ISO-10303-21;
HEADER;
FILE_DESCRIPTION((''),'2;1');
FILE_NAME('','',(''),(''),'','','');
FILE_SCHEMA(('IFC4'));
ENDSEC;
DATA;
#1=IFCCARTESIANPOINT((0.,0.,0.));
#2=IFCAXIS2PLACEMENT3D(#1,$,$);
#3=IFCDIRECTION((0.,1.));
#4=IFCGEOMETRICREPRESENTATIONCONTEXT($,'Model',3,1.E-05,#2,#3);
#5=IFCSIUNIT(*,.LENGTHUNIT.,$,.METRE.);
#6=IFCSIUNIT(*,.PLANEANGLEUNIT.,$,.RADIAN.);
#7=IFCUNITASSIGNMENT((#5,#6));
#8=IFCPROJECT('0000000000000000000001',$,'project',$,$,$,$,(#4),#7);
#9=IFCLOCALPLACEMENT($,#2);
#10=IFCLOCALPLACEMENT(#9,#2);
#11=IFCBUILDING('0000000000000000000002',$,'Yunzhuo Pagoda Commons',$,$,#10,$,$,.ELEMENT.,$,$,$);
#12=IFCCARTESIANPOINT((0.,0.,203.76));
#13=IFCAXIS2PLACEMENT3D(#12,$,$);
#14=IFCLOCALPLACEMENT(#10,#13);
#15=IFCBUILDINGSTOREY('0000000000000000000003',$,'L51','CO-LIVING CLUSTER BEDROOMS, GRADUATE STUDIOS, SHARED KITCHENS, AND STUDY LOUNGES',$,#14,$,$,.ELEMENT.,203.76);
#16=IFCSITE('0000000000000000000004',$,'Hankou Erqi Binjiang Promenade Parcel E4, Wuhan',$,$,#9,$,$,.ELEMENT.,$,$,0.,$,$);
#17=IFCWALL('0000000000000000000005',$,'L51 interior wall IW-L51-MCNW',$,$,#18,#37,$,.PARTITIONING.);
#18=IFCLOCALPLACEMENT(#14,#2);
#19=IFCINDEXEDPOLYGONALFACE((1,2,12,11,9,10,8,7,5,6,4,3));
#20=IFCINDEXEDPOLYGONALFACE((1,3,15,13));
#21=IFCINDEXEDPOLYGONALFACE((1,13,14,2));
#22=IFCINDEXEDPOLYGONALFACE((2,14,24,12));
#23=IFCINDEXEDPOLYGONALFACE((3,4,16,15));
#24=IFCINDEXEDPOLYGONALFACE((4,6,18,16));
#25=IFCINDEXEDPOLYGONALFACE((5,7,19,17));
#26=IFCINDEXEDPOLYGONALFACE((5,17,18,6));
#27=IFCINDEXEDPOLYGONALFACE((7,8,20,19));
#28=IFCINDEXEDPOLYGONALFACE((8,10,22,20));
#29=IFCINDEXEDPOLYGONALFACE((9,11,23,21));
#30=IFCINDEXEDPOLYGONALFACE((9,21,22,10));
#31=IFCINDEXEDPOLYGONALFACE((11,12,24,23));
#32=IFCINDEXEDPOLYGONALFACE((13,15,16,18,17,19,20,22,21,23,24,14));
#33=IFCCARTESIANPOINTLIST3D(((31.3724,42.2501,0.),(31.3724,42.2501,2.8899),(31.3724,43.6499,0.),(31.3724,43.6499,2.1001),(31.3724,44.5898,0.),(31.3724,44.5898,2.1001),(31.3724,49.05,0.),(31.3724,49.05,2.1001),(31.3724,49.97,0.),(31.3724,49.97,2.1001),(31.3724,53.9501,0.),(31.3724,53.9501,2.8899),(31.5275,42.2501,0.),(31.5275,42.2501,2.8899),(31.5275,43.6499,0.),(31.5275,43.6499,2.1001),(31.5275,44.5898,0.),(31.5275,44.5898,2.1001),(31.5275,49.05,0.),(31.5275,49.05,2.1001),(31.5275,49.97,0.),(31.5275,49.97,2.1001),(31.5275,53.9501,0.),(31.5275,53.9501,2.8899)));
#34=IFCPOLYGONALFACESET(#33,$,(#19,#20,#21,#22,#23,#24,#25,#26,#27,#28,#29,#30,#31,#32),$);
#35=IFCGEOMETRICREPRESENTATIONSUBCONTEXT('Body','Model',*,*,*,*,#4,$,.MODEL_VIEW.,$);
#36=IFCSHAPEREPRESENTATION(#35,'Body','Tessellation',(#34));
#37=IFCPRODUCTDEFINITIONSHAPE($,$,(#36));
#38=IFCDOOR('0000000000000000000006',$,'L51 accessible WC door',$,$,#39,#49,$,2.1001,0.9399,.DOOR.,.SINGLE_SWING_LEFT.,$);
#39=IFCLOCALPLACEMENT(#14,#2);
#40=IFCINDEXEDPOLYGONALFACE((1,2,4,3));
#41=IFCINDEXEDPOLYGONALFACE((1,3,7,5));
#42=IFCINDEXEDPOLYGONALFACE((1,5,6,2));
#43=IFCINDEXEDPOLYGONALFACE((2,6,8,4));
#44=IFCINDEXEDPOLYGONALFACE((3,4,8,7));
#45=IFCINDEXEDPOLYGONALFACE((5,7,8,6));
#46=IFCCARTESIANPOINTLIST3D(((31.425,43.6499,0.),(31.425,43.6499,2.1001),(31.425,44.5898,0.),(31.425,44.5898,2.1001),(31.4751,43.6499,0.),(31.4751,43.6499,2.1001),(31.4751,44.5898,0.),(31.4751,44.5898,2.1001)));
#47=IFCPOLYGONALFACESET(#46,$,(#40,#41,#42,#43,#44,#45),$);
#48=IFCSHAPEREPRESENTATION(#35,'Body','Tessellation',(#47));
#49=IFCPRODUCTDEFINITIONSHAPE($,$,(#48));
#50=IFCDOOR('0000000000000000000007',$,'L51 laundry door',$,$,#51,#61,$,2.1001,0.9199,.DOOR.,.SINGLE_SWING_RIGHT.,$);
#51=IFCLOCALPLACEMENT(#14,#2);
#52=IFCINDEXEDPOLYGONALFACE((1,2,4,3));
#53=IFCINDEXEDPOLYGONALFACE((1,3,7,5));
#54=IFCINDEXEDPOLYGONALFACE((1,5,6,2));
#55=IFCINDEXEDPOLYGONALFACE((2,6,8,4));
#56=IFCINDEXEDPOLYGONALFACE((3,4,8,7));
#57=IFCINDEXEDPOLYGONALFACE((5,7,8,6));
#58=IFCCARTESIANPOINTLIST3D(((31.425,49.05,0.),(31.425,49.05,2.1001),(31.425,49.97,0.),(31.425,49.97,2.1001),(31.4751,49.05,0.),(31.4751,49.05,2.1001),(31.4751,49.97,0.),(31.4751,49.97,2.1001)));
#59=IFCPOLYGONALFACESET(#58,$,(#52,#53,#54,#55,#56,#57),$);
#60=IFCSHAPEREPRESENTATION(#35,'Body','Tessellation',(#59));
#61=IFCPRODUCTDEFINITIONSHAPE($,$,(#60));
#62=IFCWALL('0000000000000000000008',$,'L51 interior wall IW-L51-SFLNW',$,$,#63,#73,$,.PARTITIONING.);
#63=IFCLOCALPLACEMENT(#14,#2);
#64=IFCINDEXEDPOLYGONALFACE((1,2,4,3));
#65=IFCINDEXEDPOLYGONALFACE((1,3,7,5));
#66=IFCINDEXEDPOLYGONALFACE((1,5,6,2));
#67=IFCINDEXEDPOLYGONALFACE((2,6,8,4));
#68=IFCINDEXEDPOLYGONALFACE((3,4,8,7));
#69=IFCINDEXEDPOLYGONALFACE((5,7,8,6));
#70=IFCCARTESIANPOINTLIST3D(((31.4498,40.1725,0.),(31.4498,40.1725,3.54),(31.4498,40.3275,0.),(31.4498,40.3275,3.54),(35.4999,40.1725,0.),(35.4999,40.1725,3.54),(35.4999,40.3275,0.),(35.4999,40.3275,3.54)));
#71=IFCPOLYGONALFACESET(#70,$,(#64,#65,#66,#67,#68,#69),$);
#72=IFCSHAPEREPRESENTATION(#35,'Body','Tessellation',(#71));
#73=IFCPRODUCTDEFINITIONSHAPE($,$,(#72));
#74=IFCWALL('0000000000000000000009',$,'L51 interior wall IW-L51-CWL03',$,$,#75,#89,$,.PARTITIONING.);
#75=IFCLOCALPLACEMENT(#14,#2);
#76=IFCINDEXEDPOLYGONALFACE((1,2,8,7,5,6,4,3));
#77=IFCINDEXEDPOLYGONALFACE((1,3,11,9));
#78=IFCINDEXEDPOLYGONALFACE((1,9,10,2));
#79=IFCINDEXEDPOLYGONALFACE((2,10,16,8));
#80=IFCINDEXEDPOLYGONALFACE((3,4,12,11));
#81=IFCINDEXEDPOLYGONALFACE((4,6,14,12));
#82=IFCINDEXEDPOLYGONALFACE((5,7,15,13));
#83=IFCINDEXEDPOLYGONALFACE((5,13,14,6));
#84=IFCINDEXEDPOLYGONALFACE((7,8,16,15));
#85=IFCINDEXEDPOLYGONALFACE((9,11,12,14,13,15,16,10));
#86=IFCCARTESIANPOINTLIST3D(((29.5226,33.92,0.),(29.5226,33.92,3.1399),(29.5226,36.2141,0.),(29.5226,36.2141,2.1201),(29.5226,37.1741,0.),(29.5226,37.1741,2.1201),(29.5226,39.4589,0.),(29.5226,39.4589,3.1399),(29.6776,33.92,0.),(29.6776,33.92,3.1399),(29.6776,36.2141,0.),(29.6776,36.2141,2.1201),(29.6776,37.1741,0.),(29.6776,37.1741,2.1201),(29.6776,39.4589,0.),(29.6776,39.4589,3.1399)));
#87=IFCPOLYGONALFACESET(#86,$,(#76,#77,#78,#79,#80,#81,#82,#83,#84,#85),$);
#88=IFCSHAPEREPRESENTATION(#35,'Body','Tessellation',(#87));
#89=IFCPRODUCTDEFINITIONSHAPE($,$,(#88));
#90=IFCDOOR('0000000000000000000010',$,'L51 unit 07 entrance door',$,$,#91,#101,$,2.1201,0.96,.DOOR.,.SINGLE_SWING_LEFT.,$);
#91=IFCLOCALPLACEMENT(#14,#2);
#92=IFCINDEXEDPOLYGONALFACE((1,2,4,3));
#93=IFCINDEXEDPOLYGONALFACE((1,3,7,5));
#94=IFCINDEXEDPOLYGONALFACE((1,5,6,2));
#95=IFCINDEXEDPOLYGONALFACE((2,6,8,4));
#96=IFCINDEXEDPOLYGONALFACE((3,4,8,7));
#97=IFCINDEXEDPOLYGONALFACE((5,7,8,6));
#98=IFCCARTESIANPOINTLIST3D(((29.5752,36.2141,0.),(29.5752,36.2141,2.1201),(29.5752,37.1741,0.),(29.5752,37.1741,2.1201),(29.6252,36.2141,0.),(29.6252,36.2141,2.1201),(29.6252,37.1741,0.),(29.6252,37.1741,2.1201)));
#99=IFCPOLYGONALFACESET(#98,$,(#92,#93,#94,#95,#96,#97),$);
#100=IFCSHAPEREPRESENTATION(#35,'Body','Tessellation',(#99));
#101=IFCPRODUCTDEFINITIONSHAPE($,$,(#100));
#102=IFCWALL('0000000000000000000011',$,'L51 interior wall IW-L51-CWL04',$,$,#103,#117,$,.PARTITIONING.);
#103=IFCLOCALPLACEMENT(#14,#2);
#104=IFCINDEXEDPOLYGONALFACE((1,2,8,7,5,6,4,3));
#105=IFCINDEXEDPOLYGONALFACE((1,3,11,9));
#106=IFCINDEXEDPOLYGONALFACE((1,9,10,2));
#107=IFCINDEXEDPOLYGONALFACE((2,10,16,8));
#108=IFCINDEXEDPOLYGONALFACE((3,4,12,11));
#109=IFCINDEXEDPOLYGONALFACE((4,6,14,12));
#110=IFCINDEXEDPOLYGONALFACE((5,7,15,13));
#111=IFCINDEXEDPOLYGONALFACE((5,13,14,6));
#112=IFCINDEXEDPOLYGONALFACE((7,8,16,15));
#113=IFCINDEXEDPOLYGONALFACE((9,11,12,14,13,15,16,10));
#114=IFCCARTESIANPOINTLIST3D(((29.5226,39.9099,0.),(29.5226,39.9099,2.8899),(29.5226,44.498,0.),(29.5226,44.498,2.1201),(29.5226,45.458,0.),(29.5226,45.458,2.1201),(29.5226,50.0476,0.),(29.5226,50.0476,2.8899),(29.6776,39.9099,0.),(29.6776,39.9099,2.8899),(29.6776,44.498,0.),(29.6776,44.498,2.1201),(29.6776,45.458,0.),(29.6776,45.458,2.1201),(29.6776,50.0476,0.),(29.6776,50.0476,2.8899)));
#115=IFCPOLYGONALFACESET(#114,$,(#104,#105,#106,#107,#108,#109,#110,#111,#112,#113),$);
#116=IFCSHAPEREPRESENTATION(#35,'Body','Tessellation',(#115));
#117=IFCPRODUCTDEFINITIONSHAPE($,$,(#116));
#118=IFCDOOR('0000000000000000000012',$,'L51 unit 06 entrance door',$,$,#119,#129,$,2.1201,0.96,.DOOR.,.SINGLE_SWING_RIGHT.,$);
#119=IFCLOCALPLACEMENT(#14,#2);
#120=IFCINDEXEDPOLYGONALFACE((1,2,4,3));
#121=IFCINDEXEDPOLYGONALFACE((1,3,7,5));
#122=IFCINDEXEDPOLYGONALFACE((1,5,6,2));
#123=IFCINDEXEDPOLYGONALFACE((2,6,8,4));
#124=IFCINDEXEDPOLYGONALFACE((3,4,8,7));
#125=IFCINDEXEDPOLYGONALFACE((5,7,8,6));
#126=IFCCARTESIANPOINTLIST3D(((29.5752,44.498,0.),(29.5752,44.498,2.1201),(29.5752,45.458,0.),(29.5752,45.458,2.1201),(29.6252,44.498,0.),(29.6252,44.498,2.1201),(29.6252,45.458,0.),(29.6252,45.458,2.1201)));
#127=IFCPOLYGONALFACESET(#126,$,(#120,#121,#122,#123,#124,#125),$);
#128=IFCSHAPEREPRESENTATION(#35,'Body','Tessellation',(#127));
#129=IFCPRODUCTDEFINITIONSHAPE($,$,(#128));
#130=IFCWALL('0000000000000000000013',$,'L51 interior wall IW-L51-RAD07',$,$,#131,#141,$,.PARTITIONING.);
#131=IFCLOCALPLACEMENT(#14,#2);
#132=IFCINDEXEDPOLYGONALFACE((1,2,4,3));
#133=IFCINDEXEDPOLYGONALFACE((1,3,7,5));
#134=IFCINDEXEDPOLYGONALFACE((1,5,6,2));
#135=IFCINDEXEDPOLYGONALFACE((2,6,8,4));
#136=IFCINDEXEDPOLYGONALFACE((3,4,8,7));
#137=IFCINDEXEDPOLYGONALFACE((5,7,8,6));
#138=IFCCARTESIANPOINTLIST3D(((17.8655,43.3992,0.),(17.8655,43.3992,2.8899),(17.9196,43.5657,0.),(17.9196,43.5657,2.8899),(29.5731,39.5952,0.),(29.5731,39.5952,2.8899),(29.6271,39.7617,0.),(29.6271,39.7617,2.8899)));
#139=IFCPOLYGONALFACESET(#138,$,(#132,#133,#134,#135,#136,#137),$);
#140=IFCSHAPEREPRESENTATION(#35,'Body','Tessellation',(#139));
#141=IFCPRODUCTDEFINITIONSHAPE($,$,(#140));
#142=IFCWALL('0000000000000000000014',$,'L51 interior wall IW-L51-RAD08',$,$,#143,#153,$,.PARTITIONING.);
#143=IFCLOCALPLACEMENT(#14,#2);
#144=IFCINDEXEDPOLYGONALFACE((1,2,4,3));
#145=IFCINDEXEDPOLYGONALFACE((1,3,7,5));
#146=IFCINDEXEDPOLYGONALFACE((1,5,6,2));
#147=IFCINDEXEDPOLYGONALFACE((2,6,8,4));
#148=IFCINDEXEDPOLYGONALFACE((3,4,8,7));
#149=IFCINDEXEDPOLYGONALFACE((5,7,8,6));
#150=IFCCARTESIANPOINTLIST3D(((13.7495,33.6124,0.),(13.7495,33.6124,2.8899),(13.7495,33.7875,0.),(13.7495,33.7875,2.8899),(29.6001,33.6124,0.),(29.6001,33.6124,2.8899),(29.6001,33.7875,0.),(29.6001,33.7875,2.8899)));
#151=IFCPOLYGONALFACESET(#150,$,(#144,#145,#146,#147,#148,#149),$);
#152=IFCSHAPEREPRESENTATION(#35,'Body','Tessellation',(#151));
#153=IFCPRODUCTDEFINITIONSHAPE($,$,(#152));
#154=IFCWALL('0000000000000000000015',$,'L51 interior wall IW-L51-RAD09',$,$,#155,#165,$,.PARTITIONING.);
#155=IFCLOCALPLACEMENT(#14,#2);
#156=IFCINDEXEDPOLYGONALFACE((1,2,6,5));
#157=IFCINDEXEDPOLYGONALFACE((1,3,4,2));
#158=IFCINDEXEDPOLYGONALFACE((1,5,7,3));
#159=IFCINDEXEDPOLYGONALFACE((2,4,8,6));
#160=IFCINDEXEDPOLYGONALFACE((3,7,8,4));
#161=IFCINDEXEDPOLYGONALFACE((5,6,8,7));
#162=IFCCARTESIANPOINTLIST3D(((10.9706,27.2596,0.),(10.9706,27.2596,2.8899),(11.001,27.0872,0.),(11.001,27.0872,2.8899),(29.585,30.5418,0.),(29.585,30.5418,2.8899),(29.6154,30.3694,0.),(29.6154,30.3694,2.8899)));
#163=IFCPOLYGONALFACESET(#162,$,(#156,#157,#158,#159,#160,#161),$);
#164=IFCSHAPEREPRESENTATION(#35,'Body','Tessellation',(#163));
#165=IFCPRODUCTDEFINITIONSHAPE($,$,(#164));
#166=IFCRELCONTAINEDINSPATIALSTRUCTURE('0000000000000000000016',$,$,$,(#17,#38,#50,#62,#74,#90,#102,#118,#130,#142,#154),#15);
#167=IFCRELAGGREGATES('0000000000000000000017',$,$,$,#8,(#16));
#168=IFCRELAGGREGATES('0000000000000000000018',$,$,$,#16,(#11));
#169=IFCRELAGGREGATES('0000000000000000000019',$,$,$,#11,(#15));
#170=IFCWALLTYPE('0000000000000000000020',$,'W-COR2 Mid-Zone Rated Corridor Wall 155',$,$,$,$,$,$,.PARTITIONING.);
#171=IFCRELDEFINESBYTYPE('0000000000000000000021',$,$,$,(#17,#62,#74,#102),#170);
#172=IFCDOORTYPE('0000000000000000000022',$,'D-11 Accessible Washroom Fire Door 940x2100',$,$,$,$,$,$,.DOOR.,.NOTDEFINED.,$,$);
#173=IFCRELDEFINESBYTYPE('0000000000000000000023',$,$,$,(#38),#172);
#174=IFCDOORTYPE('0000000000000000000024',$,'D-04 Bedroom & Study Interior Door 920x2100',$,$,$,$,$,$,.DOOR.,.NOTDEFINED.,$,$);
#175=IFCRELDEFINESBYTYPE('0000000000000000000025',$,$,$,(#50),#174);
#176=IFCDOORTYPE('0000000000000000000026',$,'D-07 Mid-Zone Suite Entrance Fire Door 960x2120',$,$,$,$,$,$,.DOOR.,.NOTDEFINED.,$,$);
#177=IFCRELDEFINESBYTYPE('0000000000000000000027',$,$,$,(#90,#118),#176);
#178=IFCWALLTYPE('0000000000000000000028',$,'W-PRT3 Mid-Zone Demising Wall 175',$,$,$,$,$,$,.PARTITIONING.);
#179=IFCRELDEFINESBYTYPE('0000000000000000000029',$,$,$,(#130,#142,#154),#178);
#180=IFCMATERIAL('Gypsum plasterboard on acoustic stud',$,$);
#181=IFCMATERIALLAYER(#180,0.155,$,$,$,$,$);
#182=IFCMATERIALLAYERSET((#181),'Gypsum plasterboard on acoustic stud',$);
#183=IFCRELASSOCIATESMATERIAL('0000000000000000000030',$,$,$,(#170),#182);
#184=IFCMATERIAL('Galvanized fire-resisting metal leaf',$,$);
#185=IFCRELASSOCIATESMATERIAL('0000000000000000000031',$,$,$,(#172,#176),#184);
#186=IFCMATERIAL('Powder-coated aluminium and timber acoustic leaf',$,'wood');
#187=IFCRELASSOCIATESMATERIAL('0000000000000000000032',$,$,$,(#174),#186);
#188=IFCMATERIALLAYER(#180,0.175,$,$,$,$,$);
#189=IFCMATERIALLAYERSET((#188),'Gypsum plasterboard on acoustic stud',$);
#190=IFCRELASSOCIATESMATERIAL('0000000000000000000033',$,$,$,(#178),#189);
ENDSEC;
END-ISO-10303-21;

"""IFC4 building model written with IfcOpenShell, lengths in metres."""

from ifc_helpers import new_model, si_unit, direction, frame, frame_2d, origin, origin_with_axes, place, context, subcontext, project, spatial, rectangle, extrude, source, transform, mapped, material, layer, layer_set, type_object, element, fill, save


model = new_model("IFC4")

# Units and contexts
model_context = context("Model", 3, precision=1e-05, world=origin(), true_north=direction((0.0, 1.0)))
body_context = subcontext(model_context, "Body", "Model", "MODEL_VIEW")
ifc_project = project(units=[si_unit("LENGTHUNIT", "METRE"), si_unit("PLANEANGLEUNIT", "RADIAN")], contexts=[model_context])

# Site, building, storey
site_placement = place(None, origin())
site = spatial("IfcSite", under=ifc_project, at=site_placement, Name="Hankou Erqi Binjiang Promenade Parcel E4, Wuhan", CompositionType="ELEMENT", RefElevation=0.0)
building_placement = place(site_placement, origin())
building = spatial("IfcBuilding", under=site, at=building_placement, Name="Yunzhuo Pagoda Commons", CompositionType="ELEMENT")
storey_placement = place(building_placement, frame((0.0, 0.0, 203.76)))
storey = spatial("IfcBuildingStorey", under=building, at=storey_placement, Name="L51", Description="CO-LIVING CLUSTER BEDROOMS, GRADUATE STUDIOS, SHARED KITCHENS, AND STUDY LOUNGES", CompositionType="ELEMENT", Elevation=203.76)

# Shared definitions
ifc_material_1 = material(Name="Gypsum plasterboard on acoustic stud")
ifc_layer_1 = layer(ifc_material_1, 0.155)
ifc_layer_set_1 = layer_set([ifc_layer_1], Name="Gypsum plasterboard on acoustic stud")
wall_type_1 = type_object("IfcWallType", Name="W-COR2 Mid-Zone Rated Corridor Wall 155", PredefinedType="PARTITIONING", material=ifc_layer_set_1)

# Wall, openings, doors
wall_1_placement = place(storey_placement, frame((31.45, 42.25, 0.0), z_axis=(0.0, 0.0, 1.0), x_axis=(0.0, 1.0, 0.0)))
wall_1 = element("IfcWall", 1, at=wall_1_placement, inside=storey, type_object=wall_type_1, Name="L51 interior wall IW-L51-MCNW", PredefinedType="PARTITIONING", context=body_context, shape_type="SweptSolid", body=[
    extrude(rectangle(XDim=11.7, YDim=0.155, at=frame_2d((5.8501, 0.0))), origin(), (0.0, 0.0, 1.0), 2.8899),
])
opening_1_placement = place(wall_1_placement, frame((1.3999, 0.0, 0.0)))
opening_1 = element("IfcOpeningElement", 2, at=opening_1_placement, cuts=wall_1, PredefinedType="OPENING", context=body_context, shape_type="SweptSolid", body=[
    extrude(rectangle(XDim=0.9399, YDim=2.1001, at=frame_2d((0.47, 1.05))), frame((0.0, 0.0874, 0.0), z_axis=(0.0, -1.0, 0.0), x_axis=(1.0, 0.0, 0.0)), (0.0, 0.0, 1.0), 0.175),
])
opening_2_placement = place(wall_1_placement, frame((6.8, 0.0, 0.0)))
opening_2 = element("IfcOpeningElement", 3, at=opening_2_placement, cuts=wall_1, PredefinedType="OPENING", context=body_context, shape_type="SweptSolid", body=[
    extrude(rectangle(XDim=0.9199, YDim=2.1001, at=frame_2d((0.46, 1.05))), frame((0.0, 0.0874, 0.0), z_axis=(0.0, -1.0, 0.0), x_axis=(1.0, 0.0, 0.0)), (0.0, 0.0, 1.0), 0.175),
])
ifc_material_2 = material(Name="Galvanized fire-resisting metal leaf")
door_type_1 = type_object("IfcDoorType", Name="D-11 Accessible Washroom Fire Door 940x2100", OperationType="NOTDEFINED", PredefinedType="DOOR", material=ifc_material_2)
shared_shape_1 = source(origin(), body_context, "Body", "SweptSolid", [
    extrude(rectangle(XDim=0.9399, YDim=2.1001, at=frame_2d((0.47, 1.05))), frame((0.0, 0.0249, 0.0), z_axis=(0.0, -1.0, 0.0), x_axis=(1.0, 0.0, 0.0)), (0.0, 0.0, 1.0), 0.05),
])
door_1_placement = place(opening_1_placement, origin_with_axes())
door_1 = element("IfcDoor", 4, at=door_1_placement, inside=storey, type_object=door_type_1, Name="L51 accessible WC door", OperationType="SINGLE_SWING_LEFT", OverallHeight=2.1001, OverallWidth=0.9399, PredefinedType="DOOR", context=body_context, shape_type="MappedRepresentation", body=[
    mapped(shared_shape_1, transform((0.0, 0.0, 0.0), scale=1.0)),
])
fill(opening_1, door_1)
ifc_material_3 = material(Name="Powder-coated aluminium and timber acoustic leaf", Category="wood")
door_type_2 = type_object("IfcDoorType", Name="D-04 Bedroom & Study Interior Door 920x2100", OperationType="NOTDEFINED", PredefinedType="DOOR", material=ifc_material_3)
shared_shape_2 = source(origin(), body_context, "Body", "SweptSolid", [
    extrude(rectangle(XDim=0.9199, YDim=2.1001, at=frame_2d((0.46, 1.05))), frame((0.0, 0.0249, 0.0), z_axis=(0.0, -1.0, 0.0), x_axis=(1.0, 0.0, 0.0)), (0.0, 0.0, 1.0), 0.05),
])
door_2_placement = place(opening_2_placement, origin_with_axes())
door_2 = element("IfcDoor", 5, at=door_2_placement, inside=storey, type_object=door_type_2, Name="L51 laundry door", OperationType="SINGLE_SWING_RIGHT", OverallHeight=2.1001, OverallWidth=0.9199, PredefinedType="DOOR", context=body_context, shape_type="MappedRepresentation", body=[
    mapped(shared_shape_2, transform((0.0, 0.0, 0.0), scale=1.0)),
])
fill(opening_2, door_2)

# Wall
wall_2_placement = place(storey_placement, frame((31.45, 40.25, 0.0), z_axis=(0.0, 0.0, 1.0), x_axis=(1.0, 0.0, 0.0)))
element("IfcWall", 6, at=wall_2_placement, inside=storey, type_object=wall_type_1, Name="L51 interior wall IW-L51-SFLNW", PredefinedType="PARTITIONING", context=body_context, shape_type="SweptSolid", body=[
    extrude(rectangle(XDim=4.05, YDim=0.155, at=frame_2d((2.0249, 0.0))), origin(), (0.0, 0.0, 1.0), 3.54),
])

# Walls, openings, doors
door_type_3 = type_object("IfcDoorType", Name="D-07 Mid-Zone Suite Entrance Fire Door 960x2120", OperationType="NOTDEFINED", PredefinedType="DOOR", material=ifc_material_2)
shared_shape_3 = source(origin(), body_context, "Body", "SweptSolid", [
    extrude(rectangle(XDim=0.96, YDim=2.1201, at=frame_2d((0.48, 1.0601))), frame((0.0, 0.0249, 0.0), z_axis=(0.0, -1.0, 0.0), x_axis=(1.0, 0.0, 0.0)), (0.0, 0.0, 1.0), 0.05),
])
wall_3_placement = place(storey_placement, frame((29.6001, 33.9199, 0.0), z_axis=(0.0, 0.0, 1.0), x_axis=(0.0, 1.0, 0.0)))
wall_3 = element("IfcWall", 7, at=wall_3_placement, inside=storey, type_object=wall_type_1, Name="L51 interior wall IW-L51-CWL03", PredefinedType="PARTITIONING", context=body_context, shape_type="SweptSolid", body=[
    extrude(rectangle(XDim=5.5388, YDim=0.155, at=frame_2d((2.7695, 0.0))), origin(), (0.0, 0.0, 1.0), 3.1399),
])
opening_3_placement = place(wall_3_placement, frame((2.2942, 0.0, 0.0)))
opening_3 = element("IfcOpeningElement", 8, at=opening_3_placement, cuts=wall_3, PredefinedType="OPENING", context=body_context, shape_type="SweptSolid", body=[
    extrude(rectangle(XDim=0.96, YDim=2.1201, at=frame_2d((0.48, 1.0601))), frame((0.0, 0.0874, 0.0), z_axis=(0.0, -1.0, 0.0), x_axis=(1.0, 0.0, 0.0)), (0.0, 0.0, 1.0), 0.175),
])
door_3_placement = place(opening_3_placement, origin_with_axes())
door_3 = element("IfcDoor", 9, at=door_3_placement, inside=storey, type_object=door_type_3, Name="L51 unit 07 entrance door", OperationType="SINGLE_SWING_LEFT", OverallHeight=2.1201, OverallWidth=0.96, PredefinedType="DOOR", context=body_context, shape_type="MappedRepresentation", body=[
    mapped(shared_shape_3, transform((0.0, 0.0, 0.0), scale=1.0)),
])
fill(opening_3, door_3)
wall_4_placement = place(storey_placement, frame((29.6001, 39.9099, 0.0), z_axis=(0.0, 0.0, 1.0), x_axis=(0.0, 1.0, 0.0)))
wall_4 = element("IfcWall", 10, at=wall_4_placement, inside=storey, type_object=wall_type_1, Name="L51 interior wall IW-L51-CWL04", PredefinedType="PARTITIONING", context=body_context, shape_type="SweptSolid", body=[
    extrude(rectangle(XDim=10.1377, YDim=0.155, at=frame_2d((5.0688, 0.0))), origin(), (0.0, 0.0, 1.0), 2.8899),
])
opening_4_placement = place(wall_4_placement, frame((4.5881, 0.0, 0.0)))
opening_4 = element("IfcOpeningElement", 11, at=opening_4_placement, cuts=wall_4, PredefinedType="OPENING", context=body_context, shape_type="SweptSolid", body=[
    extrude(rectangle(XDim=0.96, YDim=2.1201, at=frame_2d((0.48, 1.0601))), frame((0.0, 0.0874, 0.0), z_axis=(0.0, -1.0, 0.0), x_axis=(1.0, 0.0, 0.0)), (0.0, 0.0, 1.0), 0.175),
])
door_4_placement = place(opening_4_placement, origin_with_axes())
door_4 = element("IfcDoor", 12, at=door_4_placement, inside=storey, type_object=door_type_3, Name="L51 unit 06 entrance door", OperationType="SINGLE_SWING_RIGHT", OverallHeight=2.1201, OverallWidth=0.96, PredefinedType="DOOR", context=body_context, shape_type="MappedRepresentation", body=[
    mapped(shared_shape_3, transform((0.0, 0.0, 0.0), scale=1.0)),
])
fill(opening_4, door_4)

# Walls
ifc_layer_2 = layer(ifc_material_1, 0.175)
ifc_layer_set_2 = layer_set([ifc_layer_2], Name="Gypsum plasterboard on acoustic stud")
wall_type_2 = type_object("IfcWallType", Name="W-PRT3 Mid-Zone Demising Wall 175", PredefinedType="PARTITIONING", material=ifc_layer_set_2)
wall_5_placement = place(storey_placement, frame((29.6001, 39.6785, 0.0), z_axis=(0.0, 0.0, 1.0), x_axis=(-0.951058, 0.309013, 0.0)))
element("IfcWall", 13, at=wall_5_placement, inside=storey, type_object=wall_type_2, Name="L51 interior wall IW-L51-RAD07", PredefinedType="PARTITIONING", context=body_context, shape_type="SweptSolid", body=[
    extrude(rectangle(XDim=12.3101, YDim=0.175, at=frame_2d((6.155, 0.0))), origin(), (0.0, 0.0, 1.0), 2.8899),
])
wall_6_placement = place(storey_placement, frame((29.6001, 33.7, 0.0), z_axis=(0.0, 0.0, 1.0), x_axis=(-1.0, 0.0, 0.0)))
element("IfcWall", 14, at=wall_6_placement, inside=storey, type_object=wall_type_2, Name="L51 interior wall IW-L51-RAD08", PredefinedType="PARTITIONING", context=body_context, shape_type="SweptSolid", body=[
    extrude(rectangle(XDim=15.8506, YDim=0.175, at=frame_2d((7.9253, 0.0))), origin(), (0.0, 0.0, 1.0), 2.8899),
])
wall_7_placement = place(storey_placement, frame((29.6001, 30.4556, 0.0), z_axis=(0.0, 0.0, 1.0), x_axis=(-0.984808, -0.173648, 0.0)))
element("IfcWall", 15, at=wall_7_placement, inside=storey, type_object=wall_type_2, Name="L51 interior wall IW-L51-RAD09", PredefinedType="PARTITIONING", context=body_context, shape_type="SweptSolid", body=[
    extrude(rectangle(XDim=18.9016, YDim=0.175, at=frame_2d((9.4507, 0.0))), origin(), (0.0, 0.0, 1.0), 2.8899),
])

save(model, "model.ifc")
